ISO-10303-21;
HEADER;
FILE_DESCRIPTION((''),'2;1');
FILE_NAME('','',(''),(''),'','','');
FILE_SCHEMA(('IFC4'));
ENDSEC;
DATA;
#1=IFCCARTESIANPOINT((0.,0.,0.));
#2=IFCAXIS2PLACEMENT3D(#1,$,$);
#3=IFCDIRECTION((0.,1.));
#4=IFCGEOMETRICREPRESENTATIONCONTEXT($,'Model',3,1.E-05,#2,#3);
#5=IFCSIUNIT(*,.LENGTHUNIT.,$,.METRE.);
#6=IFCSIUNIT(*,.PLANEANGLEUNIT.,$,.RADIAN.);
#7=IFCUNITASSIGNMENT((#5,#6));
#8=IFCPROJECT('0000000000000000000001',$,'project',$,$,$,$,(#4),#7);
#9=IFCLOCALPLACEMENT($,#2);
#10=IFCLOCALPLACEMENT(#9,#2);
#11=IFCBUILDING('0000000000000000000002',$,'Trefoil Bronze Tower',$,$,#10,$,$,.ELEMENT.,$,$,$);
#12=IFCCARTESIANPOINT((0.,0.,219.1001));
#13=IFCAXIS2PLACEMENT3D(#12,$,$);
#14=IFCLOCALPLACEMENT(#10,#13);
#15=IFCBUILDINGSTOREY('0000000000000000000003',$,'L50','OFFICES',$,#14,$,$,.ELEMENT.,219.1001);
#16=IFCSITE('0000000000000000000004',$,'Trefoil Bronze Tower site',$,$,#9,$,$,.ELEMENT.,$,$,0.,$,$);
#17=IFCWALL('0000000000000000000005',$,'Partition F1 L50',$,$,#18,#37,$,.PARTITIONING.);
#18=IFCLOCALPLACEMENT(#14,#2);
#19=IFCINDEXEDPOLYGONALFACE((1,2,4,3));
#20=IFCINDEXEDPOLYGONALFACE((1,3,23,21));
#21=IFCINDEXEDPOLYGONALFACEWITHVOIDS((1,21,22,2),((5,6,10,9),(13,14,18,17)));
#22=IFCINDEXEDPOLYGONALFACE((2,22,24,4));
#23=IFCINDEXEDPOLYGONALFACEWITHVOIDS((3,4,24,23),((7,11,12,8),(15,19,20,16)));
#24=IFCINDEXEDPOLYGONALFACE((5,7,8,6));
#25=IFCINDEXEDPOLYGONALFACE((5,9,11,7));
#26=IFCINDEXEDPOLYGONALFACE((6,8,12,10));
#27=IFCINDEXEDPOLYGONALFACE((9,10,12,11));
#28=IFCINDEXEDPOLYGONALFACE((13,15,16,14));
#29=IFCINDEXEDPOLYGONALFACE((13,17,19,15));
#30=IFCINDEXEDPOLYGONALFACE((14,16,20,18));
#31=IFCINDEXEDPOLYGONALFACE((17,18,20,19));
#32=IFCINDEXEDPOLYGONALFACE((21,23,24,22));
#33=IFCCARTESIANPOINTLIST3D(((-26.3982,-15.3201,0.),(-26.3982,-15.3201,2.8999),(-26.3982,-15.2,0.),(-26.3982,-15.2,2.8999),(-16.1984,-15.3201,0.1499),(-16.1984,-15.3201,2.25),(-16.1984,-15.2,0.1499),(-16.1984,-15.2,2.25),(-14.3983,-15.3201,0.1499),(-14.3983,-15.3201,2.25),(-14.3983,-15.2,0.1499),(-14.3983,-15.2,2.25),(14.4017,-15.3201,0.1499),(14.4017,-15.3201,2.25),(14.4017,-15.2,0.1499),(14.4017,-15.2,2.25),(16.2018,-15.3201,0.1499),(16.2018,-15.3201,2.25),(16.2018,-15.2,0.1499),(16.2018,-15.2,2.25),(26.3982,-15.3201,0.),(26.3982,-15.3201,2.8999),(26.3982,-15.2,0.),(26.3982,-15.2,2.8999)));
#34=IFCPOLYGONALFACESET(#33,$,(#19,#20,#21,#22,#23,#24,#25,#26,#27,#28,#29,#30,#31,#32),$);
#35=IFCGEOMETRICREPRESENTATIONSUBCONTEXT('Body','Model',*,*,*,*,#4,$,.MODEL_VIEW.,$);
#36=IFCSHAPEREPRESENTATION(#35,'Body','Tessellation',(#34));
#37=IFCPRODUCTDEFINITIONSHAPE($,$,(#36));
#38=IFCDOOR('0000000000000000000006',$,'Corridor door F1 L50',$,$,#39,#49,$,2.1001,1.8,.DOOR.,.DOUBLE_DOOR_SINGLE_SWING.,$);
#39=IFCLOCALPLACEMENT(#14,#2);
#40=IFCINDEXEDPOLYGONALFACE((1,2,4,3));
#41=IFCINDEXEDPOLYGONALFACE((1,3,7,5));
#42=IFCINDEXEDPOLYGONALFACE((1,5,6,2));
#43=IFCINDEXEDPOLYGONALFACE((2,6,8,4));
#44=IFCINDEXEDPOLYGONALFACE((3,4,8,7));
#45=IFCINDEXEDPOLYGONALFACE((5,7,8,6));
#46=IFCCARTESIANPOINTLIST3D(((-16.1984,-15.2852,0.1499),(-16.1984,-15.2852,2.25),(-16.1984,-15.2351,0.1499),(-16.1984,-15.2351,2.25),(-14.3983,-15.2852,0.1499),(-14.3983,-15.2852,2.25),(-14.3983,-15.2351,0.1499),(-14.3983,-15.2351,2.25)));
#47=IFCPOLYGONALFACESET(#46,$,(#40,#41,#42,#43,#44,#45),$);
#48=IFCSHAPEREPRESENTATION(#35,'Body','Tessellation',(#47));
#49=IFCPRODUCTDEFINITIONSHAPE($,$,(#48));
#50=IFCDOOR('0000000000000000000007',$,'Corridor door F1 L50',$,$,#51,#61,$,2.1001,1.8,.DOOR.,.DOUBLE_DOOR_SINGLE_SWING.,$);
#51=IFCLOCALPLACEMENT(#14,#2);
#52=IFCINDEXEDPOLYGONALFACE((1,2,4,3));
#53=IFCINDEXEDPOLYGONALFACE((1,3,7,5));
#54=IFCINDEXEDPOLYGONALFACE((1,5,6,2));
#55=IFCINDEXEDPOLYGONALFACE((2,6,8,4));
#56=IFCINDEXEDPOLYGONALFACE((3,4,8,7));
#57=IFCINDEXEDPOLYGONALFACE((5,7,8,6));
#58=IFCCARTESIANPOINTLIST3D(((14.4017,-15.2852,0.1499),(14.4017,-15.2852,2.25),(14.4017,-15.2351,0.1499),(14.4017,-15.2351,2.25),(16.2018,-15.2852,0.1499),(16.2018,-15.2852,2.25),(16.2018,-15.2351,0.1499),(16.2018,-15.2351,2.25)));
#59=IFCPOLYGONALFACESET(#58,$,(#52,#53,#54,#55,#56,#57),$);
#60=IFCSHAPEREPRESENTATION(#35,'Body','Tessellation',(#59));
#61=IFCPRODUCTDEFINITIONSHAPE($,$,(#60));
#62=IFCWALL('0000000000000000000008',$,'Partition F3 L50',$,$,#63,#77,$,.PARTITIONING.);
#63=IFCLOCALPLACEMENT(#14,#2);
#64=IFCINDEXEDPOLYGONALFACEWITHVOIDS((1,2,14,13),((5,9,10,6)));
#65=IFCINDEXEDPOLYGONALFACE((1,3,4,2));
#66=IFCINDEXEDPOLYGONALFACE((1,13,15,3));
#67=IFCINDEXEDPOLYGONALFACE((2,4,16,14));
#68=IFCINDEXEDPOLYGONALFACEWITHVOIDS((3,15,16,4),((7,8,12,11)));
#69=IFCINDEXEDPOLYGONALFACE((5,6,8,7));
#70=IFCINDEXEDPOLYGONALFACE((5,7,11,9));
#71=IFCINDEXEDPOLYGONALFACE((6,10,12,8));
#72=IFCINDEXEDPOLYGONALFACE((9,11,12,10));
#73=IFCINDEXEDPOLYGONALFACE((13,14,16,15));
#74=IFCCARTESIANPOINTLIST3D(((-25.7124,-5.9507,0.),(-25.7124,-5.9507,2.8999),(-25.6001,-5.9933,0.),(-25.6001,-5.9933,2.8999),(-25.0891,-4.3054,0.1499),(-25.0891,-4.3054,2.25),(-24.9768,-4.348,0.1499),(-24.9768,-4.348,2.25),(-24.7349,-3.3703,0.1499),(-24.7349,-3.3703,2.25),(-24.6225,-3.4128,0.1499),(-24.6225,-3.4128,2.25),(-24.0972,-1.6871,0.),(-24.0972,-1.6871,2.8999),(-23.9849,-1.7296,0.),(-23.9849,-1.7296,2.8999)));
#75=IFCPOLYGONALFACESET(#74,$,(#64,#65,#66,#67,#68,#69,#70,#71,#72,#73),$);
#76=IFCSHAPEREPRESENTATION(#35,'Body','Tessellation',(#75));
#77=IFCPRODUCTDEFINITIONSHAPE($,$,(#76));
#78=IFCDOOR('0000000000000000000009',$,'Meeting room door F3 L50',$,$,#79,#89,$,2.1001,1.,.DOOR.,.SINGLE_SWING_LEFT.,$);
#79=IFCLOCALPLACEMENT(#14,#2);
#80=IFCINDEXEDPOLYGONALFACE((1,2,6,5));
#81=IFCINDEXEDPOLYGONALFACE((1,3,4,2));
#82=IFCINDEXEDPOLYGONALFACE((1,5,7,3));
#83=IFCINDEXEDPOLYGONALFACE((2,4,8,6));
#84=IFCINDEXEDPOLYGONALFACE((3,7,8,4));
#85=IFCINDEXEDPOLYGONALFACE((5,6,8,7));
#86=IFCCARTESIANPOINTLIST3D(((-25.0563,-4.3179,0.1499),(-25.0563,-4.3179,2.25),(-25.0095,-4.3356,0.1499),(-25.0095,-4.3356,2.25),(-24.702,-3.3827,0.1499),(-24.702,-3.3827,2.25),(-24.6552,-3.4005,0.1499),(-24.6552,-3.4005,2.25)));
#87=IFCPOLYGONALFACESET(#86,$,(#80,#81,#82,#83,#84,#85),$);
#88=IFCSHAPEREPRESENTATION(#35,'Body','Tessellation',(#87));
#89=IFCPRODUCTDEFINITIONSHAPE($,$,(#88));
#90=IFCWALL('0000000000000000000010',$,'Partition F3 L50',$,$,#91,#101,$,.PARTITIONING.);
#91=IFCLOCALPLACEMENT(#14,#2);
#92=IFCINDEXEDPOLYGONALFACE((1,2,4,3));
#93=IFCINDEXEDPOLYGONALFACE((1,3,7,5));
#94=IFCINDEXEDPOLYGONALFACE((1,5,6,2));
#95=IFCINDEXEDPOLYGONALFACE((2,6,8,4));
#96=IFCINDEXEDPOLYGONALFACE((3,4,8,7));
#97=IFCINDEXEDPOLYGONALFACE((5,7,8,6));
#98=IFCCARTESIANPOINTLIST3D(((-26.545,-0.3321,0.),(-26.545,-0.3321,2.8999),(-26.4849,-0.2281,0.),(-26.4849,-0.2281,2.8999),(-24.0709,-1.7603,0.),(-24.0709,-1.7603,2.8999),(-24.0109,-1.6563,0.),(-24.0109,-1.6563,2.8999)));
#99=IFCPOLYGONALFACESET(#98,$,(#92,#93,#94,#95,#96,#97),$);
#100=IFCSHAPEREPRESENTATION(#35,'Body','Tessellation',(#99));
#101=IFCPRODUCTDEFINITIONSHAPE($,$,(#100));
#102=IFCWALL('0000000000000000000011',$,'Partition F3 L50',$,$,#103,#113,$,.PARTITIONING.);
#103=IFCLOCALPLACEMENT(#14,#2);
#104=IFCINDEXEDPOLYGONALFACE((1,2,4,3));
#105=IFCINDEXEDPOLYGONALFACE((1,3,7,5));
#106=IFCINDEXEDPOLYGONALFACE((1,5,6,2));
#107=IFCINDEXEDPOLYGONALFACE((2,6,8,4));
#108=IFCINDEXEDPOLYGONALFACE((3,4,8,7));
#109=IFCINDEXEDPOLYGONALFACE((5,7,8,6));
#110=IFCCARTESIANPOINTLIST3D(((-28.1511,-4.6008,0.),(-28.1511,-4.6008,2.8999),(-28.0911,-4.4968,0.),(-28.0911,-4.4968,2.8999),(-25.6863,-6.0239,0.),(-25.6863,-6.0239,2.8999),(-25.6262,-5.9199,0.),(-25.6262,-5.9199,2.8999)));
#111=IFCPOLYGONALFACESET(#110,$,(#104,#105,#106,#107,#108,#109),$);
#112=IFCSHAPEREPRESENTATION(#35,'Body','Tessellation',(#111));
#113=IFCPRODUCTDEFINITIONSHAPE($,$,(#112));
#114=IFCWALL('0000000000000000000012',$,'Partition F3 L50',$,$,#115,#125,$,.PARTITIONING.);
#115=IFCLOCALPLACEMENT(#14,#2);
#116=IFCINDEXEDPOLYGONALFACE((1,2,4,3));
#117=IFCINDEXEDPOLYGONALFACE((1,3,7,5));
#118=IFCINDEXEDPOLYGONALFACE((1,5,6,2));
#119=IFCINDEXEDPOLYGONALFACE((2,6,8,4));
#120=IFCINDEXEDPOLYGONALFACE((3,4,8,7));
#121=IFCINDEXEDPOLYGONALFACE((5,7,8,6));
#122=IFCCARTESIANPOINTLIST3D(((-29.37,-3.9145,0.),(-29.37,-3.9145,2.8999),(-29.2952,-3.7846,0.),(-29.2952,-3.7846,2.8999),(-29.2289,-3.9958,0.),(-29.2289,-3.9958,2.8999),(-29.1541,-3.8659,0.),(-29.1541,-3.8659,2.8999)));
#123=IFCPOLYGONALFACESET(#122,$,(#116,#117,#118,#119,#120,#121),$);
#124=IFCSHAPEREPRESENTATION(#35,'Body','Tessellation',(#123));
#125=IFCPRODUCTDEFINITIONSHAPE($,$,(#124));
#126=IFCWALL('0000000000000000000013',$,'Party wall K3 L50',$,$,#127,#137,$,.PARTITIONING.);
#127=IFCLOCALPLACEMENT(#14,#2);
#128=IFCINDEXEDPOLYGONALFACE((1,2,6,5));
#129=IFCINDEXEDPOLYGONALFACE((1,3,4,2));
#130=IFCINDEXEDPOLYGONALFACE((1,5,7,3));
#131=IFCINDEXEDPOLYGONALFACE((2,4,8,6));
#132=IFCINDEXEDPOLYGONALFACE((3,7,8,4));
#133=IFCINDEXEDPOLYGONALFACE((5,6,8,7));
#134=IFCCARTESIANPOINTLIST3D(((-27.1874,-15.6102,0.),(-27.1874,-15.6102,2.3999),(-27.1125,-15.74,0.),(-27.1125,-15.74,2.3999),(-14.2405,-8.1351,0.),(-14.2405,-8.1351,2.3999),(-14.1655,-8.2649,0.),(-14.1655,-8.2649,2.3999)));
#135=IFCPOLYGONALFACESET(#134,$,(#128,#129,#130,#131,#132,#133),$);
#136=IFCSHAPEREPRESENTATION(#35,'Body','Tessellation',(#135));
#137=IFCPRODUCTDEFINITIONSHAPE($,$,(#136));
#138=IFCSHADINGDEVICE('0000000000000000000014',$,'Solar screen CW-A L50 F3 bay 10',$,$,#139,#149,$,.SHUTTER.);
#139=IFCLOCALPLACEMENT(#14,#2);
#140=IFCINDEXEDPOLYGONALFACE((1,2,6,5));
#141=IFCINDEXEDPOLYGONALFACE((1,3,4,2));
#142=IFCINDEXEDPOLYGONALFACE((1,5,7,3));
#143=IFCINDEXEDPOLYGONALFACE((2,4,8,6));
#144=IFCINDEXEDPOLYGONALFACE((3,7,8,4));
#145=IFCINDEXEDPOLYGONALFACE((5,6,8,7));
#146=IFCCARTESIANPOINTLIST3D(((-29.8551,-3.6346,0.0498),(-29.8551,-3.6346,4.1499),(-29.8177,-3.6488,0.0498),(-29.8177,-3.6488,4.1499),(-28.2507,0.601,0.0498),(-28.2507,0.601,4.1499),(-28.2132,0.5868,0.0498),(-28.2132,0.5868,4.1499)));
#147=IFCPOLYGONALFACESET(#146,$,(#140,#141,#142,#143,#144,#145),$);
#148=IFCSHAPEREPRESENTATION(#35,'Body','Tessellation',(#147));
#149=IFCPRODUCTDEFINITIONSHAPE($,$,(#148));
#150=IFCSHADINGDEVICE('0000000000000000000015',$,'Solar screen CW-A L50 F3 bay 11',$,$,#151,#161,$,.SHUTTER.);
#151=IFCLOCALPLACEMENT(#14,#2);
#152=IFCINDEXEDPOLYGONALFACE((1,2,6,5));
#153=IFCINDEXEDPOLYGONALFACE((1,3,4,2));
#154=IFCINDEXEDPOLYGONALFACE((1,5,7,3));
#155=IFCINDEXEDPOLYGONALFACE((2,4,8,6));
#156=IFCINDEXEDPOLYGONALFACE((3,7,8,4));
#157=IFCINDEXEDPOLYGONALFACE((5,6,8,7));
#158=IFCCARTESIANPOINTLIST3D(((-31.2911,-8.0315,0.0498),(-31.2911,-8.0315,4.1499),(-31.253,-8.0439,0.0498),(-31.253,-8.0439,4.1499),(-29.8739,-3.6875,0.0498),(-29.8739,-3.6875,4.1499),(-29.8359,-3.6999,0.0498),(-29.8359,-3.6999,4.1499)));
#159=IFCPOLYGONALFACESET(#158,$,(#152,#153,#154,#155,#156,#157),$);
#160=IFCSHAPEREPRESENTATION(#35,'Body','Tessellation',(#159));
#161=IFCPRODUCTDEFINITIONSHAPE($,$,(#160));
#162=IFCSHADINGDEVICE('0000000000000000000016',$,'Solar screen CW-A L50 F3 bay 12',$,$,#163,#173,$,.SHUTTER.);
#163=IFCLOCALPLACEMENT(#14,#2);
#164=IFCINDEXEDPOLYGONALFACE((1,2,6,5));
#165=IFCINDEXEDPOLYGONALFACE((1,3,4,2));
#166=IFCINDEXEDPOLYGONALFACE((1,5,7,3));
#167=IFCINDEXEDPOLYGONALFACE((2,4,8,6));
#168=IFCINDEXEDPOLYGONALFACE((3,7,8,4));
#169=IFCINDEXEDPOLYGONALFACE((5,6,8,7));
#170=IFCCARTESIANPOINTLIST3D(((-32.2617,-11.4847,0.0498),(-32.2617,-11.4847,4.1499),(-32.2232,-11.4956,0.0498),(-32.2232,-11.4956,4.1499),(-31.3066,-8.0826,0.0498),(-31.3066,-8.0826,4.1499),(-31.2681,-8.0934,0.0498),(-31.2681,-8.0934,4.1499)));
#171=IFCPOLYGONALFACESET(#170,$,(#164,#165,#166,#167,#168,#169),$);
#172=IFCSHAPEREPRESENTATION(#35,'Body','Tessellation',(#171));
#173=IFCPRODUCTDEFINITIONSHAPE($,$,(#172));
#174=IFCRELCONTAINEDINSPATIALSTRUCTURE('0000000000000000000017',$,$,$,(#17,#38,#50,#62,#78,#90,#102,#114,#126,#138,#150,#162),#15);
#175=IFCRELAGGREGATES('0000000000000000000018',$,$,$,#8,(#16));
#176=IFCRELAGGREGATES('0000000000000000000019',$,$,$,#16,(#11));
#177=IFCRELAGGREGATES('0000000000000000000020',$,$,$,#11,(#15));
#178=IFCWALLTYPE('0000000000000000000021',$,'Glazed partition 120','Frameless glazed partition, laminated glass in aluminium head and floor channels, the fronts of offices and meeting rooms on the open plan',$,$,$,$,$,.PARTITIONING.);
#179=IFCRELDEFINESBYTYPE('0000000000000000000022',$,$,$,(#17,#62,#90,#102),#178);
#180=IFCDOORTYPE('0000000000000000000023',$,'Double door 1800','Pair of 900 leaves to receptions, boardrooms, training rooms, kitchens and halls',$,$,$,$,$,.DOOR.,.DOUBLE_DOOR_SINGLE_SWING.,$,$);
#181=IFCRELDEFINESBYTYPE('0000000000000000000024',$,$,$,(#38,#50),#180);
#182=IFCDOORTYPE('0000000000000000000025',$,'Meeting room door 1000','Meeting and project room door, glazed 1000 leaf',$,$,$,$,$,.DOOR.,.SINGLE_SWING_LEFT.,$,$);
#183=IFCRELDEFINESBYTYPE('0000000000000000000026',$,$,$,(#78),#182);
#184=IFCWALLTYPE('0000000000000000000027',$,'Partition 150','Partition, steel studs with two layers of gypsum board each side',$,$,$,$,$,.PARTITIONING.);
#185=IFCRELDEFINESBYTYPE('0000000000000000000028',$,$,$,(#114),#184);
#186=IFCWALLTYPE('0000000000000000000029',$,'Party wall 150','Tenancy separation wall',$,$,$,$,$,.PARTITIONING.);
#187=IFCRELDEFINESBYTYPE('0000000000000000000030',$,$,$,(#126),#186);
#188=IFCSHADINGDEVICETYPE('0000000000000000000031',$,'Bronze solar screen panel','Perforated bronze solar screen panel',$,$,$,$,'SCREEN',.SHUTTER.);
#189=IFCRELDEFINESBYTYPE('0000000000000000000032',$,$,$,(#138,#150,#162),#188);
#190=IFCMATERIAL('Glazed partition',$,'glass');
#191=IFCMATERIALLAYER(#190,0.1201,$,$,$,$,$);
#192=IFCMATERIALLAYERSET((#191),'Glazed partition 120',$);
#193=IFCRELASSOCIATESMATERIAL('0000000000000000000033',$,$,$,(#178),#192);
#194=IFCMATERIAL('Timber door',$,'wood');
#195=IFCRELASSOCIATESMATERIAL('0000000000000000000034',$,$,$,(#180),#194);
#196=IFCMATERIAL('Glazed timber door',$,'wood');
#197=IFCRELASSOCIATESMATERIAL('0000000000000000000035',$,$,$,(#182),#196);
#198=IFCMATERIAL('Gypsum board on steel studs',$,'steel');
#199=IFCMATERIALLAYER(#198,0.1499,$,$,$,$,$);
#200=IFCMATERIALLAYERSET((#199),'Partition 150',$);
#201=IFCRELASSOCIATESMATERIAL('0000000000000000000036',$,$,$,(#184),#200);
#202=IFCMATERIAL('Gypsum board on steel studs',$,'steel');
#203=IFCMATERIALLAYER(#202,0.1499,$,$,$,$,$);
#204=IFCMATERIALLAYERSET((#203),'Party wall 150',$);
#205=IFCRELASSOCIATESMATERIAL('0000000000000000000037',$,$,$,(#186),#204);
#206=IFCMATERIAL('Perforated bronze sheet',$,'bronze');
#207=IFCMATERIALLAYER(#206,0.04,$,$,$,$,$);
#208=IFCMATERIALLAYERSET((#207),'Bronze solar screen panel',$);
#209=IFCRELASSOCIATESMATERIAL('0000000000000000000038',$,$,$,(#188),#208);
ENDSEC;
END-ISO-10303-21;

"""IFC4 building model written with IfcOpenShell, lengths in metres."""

from ifc_helpers import new_model, si_unit, direction, frame, frame_2d, origin, origin_2d, place, context, subcontext, project, spatial, rectangle, extrude, material, layer, layer_set, type_object, element, fill, save


model = new_model("IFC4")

# Units and contexts
model_context = context("Model", 3, precision=1e-05, world=origin(), true_north=direction((0.0, 1.0)))
body_context = subcontext(model_context, "Body", "Model", "MODEL_VIEW")
ifc_project = project(units=[si_unit("LENGTHUNIT", "METRE"), si_unit("PLANEANGLEUNIT", "RADIAN")], contexts=[model_context])

# Site, building, storey
site_placement = place(None, origin())
site = spatial("IfcSite", under=ifc_project, at=site_placement, Name="Trefoil Bronze Tower site", CompositionType="ELEMENT", RefElevation=0.0)
building_placement = place(site_placement, origin())
building = spatial("IfcBuilding", under=site, at=building_placement, Name="Trefoil Bronze Tower", CompositionType="ELEMENT")
storey_placement = place(building_placement, frame((0.0, 0.0, 219.1001)))
storey = spatial("IfcBuildingStorey", under=building, at=storey_placement, Name="L50", Description="OFFICES", CompositionType="ELEMENT", Elevation=219.1001)

# Wall, openings, doors
ifc_material_1 = material(Name="Glazed partition", Category="glass")
ifc_layer_1 = layer(ifc_material_1, 0.1201)
ifc_layer_set_1 = layer_set([ifc_layer_1], Name="Glazed partition 120")
wall_type_1 = type_object("IfcWallType", Name="Glazed partition 120", Description="Frameless glazed partition, laminated glass in aluminium head and floor channels, the fronts of offices and meeting rooms on the open plan", PredefinedType="PARTITIONING", material=ifc_layer_set_1)
wall_1_placement = place(storey_placement, frame((-26.3982, -15.26, 0.0), z_axis=(0.0, 0.0, 1.0), x_axis=(1.0, 0.0, 0.0)))
wall_1 = element("IfcWall", 1, at=wall_1_placement, inside=storey, type_object=wall_type_1, Name="Partition F1 L50", PredefinedType="PARTITIONING", context=body_context, shape_type="SweptSolid", body=[
    extrude(rectangle(XDim=52.7964, YDim=0.1201, at=frame_2d((26.3982, 0.0))), origin(), (0.0, 0.0, 1.0), 2.8999),
])
opening_1_placement = place(wall_1_placement, frame((10.2, 0.0, 0.1499)))
opening_1 = element("IfcOpeningElement", 2, at=opening_1_placement, cuts=wall_1, PredefinedType="OPENING", context=body_context, shape_type="SweptSolid", body=[
    extrude(rectangle(XDim=1.8, YDim=2.1001, at=frame_2d((0.8999, 1.05))), frame((0.0, 0.0701, 0.0), z_axis=(0.0, -1.0, 0.0), x_axis=(1.0, 0.0, 0.0)), (0.0, 0.0, 1.0), 0.1401),
])
opening_2_placement = place(wall_1_placement, frame((40.8, 0.0, 0.1499)))
opening_2 = element("IfcOpeningElement", 3, at=opening_2_placement, cuts=wall_1, PredefinedType="OPENING", context=body_context, shape_type="SweptSolid", body=[
    extrude(rectangle(XDim=1.8, YDim=2.1001, at=frame_2d((0.8999, 1.05))), frame((0.0, 0.0701, 0.0), z_axis=(0.0, -1.0, 0.0), x_axis=(1.0, 0.0, 0.0)), (0.0, 0.0, 1.0), 0.1401),
])
ifc_material_2 = material(Name="Timber door", Category="wood")
door_type_1 = type_object("IfcDoorType", Name="Double door 1800", Description="Pair of 900 leaves to receptions, boardrooms, training rooms, kitchens and halls", OperationType="DOUBLE_DOOR_SINGLE_SWING", PredefinedType="DOOR", material=ifc_material_2)
door_1_placement = place(opening_1_placement, origin())
door_1 = element("IfcDoor", 4, at=door_1_placement, inside=storey, type_object=door_type_1, Name="Corridor door F1 L50", OperationType="DOUBLE_DOOR_SINGLE_SWING", OverallHeight=2.1001, OverallWidth=1.8, PredefinedType="DOOR", context=body_context, shape_type="SweptSolid", body=[
    extrude(rectangle(XDim=1.8, YDim=2.1001, at=frame_2d((0.8999, 1.05))), frame((0.0, 0.0249, 0.0), z_axis=(0.0, -1.0, 0.0), x_axis=(1.0, 0.0, 0.0)), (0.0, 0.0, 1.0), 0.05),
])
fill(opening_1, door_1)
door_2_placement = place(opening_2_placement, origin())
door_2 = element("IfcDoor", 5, at=door_2_placement, inside=storey, type_object=door_type_1, Name="Corridor door F1 L50", OperationType="DOUBLE_DOOR_SINGLE_SWING", OverallHeight=2.1001, OverallWidth=1.8, PredefinedType="DOOR", context=body_context, shape_type="SweptSolid", body=[
    extrude(rectangle(XDim=1.8, YDim=2.1001, at=frame_2d((0.8999, 1.05))), frame((0.0, 0.0249, 0.0), z_axis=(0.0, -1.0, 0.0), x_axis=(1.0, 0.0, 0.0)), (0.0, 0.0, 1.0), 0.05),
])
fill(opening_2, door_2)

# Wall, opening, door
wall_2_placement = place(storey_placement, frame((-24.041, -1.7083, 0.0), z_axis=(0.0, 0.0, 1.0), x_axis=(-0.354267, -0.935144, 0.0)))
wall_2 = element("IfcWall", 6, at=wall_2_placement, inside=storey, type_object=wall_type_1, Name="Partition F3 L50", PredefinedType="PARTITIONING", context=body_context, shape_type="SweptSolid", body=[
    extrude(rectangle(XDim=4.5593, YDim=0.1201, at=frame_2d((2.2798, 0.0))), origin(), (0.0, 0.0, 1.0), 2.8999),
])
opening_3_placement = place(wall_2_placement, frame((1.8, 0.0, 0.1499)))
opening_3 = element("IfcOpeningElement", 7, at=opening_3_placement, cuts=wall_2, PredefinedType="OPENING", context=body_context, shape_type="SweptSolid", body=[
    extrude(rectangle(XDim=1.0, YDim=2.1001, at=frame_2d((0.5, 1.05))), frame((0.0, 0.0701, 0.0), z_axis=(0.0, -1.0, 0.0), x_axis=(1.0, 0.0, 0.0)), (0.0, 0.0, 1.0), 0.1401),
])
ifc_material_3 = material(Name="Glazed timber door", Category="wood")
door_type_2 = type_object("IfcDoorType", Name="Meeting room door 1000", Description="Meeting and project room door, glazed 1000 leaf", OperationType="SINGLE_SWING_LEFT", PredefinedType="DOOR", material=ifc_material_3)
door_3_placement = place(opening_3_placement, frame((1.0, 0.0, 0.0), z_axis=(0.0, 0.0, 1.0), x_axis=(-1.0, 0.0, 0.0)))
door_3 = element("IfcDoor", 8, at=door_3_placement, inside=storey, type_object=door_type_2, Name="Meeting room door F3 L50", OperationType="SINGLE_SWING_LEFT", OverallHeight=2.1001, OverallWidth=1.0, PredefinedType="DOOR", context=body_context, shape_type="SweptSolid", body=[
    extrude(rectangle(XDim=1.0, YDim=2.1001, at=frame_2d((0.5, 1.05))), frame((0.0, 0.0249, 0.0), z_axis=(0.0, -1.0, 0.0), x_axis=(1.0, 0.0, 0.0)), (0.0, 0.0, 1.0), 0.05),
])
fill(opening_3, door_3)

# Walls
wall_3_placement = place(storey_placement, frame((-24.041, -1.7083, 0.0), z_axis=(0.0, 0.0, 1.0), x_axis=(-0.866058, 0.499944, 0.0)))
element("IfcWall", 9, at=wall_3_placement, inside=storey, type_object=wall_type_1, Name="Partition F3 L50", PredefinedType="PARTITIONING", context=body_context, shape_type="SweptSolid", body=[
    extrude(rectangle(XDim=2.8567, YDim=0.1201, at=frame_2d((1.4282, 0.0))), origin(), (0.0, 0.0, 1.0), 2.8999),
])
wall_4_placement = place(storey_placement, frame((-25.6562, -5.9719, 0.0), z_axis=(0.0, 0.0, 1.0), x_axis=(-0.866023, 0.500005, 0.0)))
element("IfcWall", 10, at=wall_4_placement, inside=storey, type_object=wall_type_1, Name="Partition F3 L50", PredefinedType="PARTITIONING", context=body_context, shape_type="SweptSolid", body=[
    extrude(rectangle(XDim=2.8462, YDim=0.1201, at=frame_2d((1.4231, 0.0))), origin(), (0.0, 0.0, 1.0), 2.8999),
])
ifc_material_4 = material(Name="Gypsum board on steel studs", Category="steel")
ifc_layer_2 = layer(ifc_material_4, 0.1499)
ifc_layer_set_2 = layer_set([ifc_layer_2], Name="Partition 150")
wall_type_2 = type_object("IfcWallType", Name="Partition 150", Description="Partition, steel studs with two layers of gypsum board each side", PredefinedType="PARTITIONING", material=ifc_layer_set_2)
wall_5_placement = place(storey_placement, frame((-29.1914, -3.9309, 0.0), z_axis=(0.0, 0.0, 1.0), x_axis=(-0.866485, 0.499203, 0.0)))
element("IfcWall", 11, at=wall_5_placement, inside=storey, type_object=wall_type_2, Name="Partition F3 L50", PredefinedType="PARTITIONING", context=body_context, shape_type="SweptSolid", body=[
    extrude(rectangle(XDim=0.1628, YDim=0.1499, at=frame_2d((0.0815, 0.0))), origin(), (0.0, 0.0, 1.0), 2.8999),
])
ifc_material_5 = material(Name="Gypsum board on steel studs", Category="steel")
ifc_layer_3 = layer(ifc_material_5, 0.1499)
ifc_layer_set_3 = layer_set([ifc_layer_3], Name="Party wall 150")
wall_type_3 = type_object("IfcWallType", Name="Party wall 150", Description="Tenancy separation wall", PredefinedType="PARTITIONING", material=ifc_layer_set_3)
wall_6_placement = place(storey_placement, frame((-14.2029, -8.2, 0.0), z_axis=(0.0, 0.0, 1.0), x_axis=(-0.866022, -0.500007, 0.0)))
element("IfcWall", 12, at=wall_6_placement, inside=storey, type_object=wall_type_3, Name="Party wall K3 L50", PredefinedType="PARTITIONING", context=body_context, shape_type="SweptSolid", body=[
    extrude(rectangle(XDim=14.95, YDim=0.1499, at=frame_2d((7.4751, 0.0))), origin(), (0.0, 0.0, 1.0), 2.3999),
])

# Shading devices
ifc_material_6 = material(Name="Perforated bronze sheet", Category="bronze")
ifc_layer_4 = layer(ifc_material_6, 0.04)
ifc_layer_set_4 = layer_set([ifc_layer_4], Name="Bronze solar screen panel")
shading_device_type = type_object("IfcShadingDeviceType", Name="Bronze solar screen panel", Description="Perforated bronze solar screen panel", ElementType="SCREEN", PredefinedType="SHUTTER", material=ifc_layer_set_4)
shading_device_1_placement = place(storey_placement, frame((-29.0342, -1.5239, 0.0498), z_axis=(0.0, 0.0, 1.0), x_axis=(-0.354234, -0.935157, 0.0)))
element("IfcShadingDevice", 13, at=shading_device_1_placement, inside=storey, type_object=shading_device_type, Name="Solar screen CW-A L50 F3 bay 10", PredefinedType="SHUTTER", context=body_context, shape_type="SweptSolid", body=[
    extrude(rectangle(XDim=4.5293, YDim=0.04, at=origin_2d()), origin(), (0.0, 0.0, 1.0), 4.1001),
])
shading_device_2_placement = place(storey_placement, frame((-30.5635, -5.8657, 0.0498), z_axis=(0.0, 0.0, 1.0), x_axis=(-0.310149, -0.950688, 0.0)))
element("IfcShadingDevice", 14, at=shading_device_2_placement, inside=storey, type_object=shading_device_type, Name="Solar screen CW-A L50 F3 bay 11", PredefinedType="SHUTTER", context=body_context, shape_type="SweptSolid", body=[
    extrude(rectangle(XDim=4.5693, YDim=0.04, at=origin_2d()), origin(), (0.0, 0.0, 1.0), 4.1001),
])
shading_device_3_placement = place(storey_placement, frame((-31.7649, -9.7891, 0.0498), z_axis=(0.0, 0.0, 1.0), x_axis=(-0.270282, -0.962781, 0.0)))
element("IfcShadingDevice", 15, at=shading_device_3_placement, inside=storey, type_object=shading_device_type, Name="Solar screen CW-A L50 F3 bay 12", PredefinedType="SHUTTER", context=body_context, shape_type="SweptSolid", body=[
    extrude(rectangle(XDim=3.5337, YDim=0.04, at=origin_2d()), origin(), (0.0, 0.0, 1.0), 4.1001),
])

save(model, "model.ifc")
